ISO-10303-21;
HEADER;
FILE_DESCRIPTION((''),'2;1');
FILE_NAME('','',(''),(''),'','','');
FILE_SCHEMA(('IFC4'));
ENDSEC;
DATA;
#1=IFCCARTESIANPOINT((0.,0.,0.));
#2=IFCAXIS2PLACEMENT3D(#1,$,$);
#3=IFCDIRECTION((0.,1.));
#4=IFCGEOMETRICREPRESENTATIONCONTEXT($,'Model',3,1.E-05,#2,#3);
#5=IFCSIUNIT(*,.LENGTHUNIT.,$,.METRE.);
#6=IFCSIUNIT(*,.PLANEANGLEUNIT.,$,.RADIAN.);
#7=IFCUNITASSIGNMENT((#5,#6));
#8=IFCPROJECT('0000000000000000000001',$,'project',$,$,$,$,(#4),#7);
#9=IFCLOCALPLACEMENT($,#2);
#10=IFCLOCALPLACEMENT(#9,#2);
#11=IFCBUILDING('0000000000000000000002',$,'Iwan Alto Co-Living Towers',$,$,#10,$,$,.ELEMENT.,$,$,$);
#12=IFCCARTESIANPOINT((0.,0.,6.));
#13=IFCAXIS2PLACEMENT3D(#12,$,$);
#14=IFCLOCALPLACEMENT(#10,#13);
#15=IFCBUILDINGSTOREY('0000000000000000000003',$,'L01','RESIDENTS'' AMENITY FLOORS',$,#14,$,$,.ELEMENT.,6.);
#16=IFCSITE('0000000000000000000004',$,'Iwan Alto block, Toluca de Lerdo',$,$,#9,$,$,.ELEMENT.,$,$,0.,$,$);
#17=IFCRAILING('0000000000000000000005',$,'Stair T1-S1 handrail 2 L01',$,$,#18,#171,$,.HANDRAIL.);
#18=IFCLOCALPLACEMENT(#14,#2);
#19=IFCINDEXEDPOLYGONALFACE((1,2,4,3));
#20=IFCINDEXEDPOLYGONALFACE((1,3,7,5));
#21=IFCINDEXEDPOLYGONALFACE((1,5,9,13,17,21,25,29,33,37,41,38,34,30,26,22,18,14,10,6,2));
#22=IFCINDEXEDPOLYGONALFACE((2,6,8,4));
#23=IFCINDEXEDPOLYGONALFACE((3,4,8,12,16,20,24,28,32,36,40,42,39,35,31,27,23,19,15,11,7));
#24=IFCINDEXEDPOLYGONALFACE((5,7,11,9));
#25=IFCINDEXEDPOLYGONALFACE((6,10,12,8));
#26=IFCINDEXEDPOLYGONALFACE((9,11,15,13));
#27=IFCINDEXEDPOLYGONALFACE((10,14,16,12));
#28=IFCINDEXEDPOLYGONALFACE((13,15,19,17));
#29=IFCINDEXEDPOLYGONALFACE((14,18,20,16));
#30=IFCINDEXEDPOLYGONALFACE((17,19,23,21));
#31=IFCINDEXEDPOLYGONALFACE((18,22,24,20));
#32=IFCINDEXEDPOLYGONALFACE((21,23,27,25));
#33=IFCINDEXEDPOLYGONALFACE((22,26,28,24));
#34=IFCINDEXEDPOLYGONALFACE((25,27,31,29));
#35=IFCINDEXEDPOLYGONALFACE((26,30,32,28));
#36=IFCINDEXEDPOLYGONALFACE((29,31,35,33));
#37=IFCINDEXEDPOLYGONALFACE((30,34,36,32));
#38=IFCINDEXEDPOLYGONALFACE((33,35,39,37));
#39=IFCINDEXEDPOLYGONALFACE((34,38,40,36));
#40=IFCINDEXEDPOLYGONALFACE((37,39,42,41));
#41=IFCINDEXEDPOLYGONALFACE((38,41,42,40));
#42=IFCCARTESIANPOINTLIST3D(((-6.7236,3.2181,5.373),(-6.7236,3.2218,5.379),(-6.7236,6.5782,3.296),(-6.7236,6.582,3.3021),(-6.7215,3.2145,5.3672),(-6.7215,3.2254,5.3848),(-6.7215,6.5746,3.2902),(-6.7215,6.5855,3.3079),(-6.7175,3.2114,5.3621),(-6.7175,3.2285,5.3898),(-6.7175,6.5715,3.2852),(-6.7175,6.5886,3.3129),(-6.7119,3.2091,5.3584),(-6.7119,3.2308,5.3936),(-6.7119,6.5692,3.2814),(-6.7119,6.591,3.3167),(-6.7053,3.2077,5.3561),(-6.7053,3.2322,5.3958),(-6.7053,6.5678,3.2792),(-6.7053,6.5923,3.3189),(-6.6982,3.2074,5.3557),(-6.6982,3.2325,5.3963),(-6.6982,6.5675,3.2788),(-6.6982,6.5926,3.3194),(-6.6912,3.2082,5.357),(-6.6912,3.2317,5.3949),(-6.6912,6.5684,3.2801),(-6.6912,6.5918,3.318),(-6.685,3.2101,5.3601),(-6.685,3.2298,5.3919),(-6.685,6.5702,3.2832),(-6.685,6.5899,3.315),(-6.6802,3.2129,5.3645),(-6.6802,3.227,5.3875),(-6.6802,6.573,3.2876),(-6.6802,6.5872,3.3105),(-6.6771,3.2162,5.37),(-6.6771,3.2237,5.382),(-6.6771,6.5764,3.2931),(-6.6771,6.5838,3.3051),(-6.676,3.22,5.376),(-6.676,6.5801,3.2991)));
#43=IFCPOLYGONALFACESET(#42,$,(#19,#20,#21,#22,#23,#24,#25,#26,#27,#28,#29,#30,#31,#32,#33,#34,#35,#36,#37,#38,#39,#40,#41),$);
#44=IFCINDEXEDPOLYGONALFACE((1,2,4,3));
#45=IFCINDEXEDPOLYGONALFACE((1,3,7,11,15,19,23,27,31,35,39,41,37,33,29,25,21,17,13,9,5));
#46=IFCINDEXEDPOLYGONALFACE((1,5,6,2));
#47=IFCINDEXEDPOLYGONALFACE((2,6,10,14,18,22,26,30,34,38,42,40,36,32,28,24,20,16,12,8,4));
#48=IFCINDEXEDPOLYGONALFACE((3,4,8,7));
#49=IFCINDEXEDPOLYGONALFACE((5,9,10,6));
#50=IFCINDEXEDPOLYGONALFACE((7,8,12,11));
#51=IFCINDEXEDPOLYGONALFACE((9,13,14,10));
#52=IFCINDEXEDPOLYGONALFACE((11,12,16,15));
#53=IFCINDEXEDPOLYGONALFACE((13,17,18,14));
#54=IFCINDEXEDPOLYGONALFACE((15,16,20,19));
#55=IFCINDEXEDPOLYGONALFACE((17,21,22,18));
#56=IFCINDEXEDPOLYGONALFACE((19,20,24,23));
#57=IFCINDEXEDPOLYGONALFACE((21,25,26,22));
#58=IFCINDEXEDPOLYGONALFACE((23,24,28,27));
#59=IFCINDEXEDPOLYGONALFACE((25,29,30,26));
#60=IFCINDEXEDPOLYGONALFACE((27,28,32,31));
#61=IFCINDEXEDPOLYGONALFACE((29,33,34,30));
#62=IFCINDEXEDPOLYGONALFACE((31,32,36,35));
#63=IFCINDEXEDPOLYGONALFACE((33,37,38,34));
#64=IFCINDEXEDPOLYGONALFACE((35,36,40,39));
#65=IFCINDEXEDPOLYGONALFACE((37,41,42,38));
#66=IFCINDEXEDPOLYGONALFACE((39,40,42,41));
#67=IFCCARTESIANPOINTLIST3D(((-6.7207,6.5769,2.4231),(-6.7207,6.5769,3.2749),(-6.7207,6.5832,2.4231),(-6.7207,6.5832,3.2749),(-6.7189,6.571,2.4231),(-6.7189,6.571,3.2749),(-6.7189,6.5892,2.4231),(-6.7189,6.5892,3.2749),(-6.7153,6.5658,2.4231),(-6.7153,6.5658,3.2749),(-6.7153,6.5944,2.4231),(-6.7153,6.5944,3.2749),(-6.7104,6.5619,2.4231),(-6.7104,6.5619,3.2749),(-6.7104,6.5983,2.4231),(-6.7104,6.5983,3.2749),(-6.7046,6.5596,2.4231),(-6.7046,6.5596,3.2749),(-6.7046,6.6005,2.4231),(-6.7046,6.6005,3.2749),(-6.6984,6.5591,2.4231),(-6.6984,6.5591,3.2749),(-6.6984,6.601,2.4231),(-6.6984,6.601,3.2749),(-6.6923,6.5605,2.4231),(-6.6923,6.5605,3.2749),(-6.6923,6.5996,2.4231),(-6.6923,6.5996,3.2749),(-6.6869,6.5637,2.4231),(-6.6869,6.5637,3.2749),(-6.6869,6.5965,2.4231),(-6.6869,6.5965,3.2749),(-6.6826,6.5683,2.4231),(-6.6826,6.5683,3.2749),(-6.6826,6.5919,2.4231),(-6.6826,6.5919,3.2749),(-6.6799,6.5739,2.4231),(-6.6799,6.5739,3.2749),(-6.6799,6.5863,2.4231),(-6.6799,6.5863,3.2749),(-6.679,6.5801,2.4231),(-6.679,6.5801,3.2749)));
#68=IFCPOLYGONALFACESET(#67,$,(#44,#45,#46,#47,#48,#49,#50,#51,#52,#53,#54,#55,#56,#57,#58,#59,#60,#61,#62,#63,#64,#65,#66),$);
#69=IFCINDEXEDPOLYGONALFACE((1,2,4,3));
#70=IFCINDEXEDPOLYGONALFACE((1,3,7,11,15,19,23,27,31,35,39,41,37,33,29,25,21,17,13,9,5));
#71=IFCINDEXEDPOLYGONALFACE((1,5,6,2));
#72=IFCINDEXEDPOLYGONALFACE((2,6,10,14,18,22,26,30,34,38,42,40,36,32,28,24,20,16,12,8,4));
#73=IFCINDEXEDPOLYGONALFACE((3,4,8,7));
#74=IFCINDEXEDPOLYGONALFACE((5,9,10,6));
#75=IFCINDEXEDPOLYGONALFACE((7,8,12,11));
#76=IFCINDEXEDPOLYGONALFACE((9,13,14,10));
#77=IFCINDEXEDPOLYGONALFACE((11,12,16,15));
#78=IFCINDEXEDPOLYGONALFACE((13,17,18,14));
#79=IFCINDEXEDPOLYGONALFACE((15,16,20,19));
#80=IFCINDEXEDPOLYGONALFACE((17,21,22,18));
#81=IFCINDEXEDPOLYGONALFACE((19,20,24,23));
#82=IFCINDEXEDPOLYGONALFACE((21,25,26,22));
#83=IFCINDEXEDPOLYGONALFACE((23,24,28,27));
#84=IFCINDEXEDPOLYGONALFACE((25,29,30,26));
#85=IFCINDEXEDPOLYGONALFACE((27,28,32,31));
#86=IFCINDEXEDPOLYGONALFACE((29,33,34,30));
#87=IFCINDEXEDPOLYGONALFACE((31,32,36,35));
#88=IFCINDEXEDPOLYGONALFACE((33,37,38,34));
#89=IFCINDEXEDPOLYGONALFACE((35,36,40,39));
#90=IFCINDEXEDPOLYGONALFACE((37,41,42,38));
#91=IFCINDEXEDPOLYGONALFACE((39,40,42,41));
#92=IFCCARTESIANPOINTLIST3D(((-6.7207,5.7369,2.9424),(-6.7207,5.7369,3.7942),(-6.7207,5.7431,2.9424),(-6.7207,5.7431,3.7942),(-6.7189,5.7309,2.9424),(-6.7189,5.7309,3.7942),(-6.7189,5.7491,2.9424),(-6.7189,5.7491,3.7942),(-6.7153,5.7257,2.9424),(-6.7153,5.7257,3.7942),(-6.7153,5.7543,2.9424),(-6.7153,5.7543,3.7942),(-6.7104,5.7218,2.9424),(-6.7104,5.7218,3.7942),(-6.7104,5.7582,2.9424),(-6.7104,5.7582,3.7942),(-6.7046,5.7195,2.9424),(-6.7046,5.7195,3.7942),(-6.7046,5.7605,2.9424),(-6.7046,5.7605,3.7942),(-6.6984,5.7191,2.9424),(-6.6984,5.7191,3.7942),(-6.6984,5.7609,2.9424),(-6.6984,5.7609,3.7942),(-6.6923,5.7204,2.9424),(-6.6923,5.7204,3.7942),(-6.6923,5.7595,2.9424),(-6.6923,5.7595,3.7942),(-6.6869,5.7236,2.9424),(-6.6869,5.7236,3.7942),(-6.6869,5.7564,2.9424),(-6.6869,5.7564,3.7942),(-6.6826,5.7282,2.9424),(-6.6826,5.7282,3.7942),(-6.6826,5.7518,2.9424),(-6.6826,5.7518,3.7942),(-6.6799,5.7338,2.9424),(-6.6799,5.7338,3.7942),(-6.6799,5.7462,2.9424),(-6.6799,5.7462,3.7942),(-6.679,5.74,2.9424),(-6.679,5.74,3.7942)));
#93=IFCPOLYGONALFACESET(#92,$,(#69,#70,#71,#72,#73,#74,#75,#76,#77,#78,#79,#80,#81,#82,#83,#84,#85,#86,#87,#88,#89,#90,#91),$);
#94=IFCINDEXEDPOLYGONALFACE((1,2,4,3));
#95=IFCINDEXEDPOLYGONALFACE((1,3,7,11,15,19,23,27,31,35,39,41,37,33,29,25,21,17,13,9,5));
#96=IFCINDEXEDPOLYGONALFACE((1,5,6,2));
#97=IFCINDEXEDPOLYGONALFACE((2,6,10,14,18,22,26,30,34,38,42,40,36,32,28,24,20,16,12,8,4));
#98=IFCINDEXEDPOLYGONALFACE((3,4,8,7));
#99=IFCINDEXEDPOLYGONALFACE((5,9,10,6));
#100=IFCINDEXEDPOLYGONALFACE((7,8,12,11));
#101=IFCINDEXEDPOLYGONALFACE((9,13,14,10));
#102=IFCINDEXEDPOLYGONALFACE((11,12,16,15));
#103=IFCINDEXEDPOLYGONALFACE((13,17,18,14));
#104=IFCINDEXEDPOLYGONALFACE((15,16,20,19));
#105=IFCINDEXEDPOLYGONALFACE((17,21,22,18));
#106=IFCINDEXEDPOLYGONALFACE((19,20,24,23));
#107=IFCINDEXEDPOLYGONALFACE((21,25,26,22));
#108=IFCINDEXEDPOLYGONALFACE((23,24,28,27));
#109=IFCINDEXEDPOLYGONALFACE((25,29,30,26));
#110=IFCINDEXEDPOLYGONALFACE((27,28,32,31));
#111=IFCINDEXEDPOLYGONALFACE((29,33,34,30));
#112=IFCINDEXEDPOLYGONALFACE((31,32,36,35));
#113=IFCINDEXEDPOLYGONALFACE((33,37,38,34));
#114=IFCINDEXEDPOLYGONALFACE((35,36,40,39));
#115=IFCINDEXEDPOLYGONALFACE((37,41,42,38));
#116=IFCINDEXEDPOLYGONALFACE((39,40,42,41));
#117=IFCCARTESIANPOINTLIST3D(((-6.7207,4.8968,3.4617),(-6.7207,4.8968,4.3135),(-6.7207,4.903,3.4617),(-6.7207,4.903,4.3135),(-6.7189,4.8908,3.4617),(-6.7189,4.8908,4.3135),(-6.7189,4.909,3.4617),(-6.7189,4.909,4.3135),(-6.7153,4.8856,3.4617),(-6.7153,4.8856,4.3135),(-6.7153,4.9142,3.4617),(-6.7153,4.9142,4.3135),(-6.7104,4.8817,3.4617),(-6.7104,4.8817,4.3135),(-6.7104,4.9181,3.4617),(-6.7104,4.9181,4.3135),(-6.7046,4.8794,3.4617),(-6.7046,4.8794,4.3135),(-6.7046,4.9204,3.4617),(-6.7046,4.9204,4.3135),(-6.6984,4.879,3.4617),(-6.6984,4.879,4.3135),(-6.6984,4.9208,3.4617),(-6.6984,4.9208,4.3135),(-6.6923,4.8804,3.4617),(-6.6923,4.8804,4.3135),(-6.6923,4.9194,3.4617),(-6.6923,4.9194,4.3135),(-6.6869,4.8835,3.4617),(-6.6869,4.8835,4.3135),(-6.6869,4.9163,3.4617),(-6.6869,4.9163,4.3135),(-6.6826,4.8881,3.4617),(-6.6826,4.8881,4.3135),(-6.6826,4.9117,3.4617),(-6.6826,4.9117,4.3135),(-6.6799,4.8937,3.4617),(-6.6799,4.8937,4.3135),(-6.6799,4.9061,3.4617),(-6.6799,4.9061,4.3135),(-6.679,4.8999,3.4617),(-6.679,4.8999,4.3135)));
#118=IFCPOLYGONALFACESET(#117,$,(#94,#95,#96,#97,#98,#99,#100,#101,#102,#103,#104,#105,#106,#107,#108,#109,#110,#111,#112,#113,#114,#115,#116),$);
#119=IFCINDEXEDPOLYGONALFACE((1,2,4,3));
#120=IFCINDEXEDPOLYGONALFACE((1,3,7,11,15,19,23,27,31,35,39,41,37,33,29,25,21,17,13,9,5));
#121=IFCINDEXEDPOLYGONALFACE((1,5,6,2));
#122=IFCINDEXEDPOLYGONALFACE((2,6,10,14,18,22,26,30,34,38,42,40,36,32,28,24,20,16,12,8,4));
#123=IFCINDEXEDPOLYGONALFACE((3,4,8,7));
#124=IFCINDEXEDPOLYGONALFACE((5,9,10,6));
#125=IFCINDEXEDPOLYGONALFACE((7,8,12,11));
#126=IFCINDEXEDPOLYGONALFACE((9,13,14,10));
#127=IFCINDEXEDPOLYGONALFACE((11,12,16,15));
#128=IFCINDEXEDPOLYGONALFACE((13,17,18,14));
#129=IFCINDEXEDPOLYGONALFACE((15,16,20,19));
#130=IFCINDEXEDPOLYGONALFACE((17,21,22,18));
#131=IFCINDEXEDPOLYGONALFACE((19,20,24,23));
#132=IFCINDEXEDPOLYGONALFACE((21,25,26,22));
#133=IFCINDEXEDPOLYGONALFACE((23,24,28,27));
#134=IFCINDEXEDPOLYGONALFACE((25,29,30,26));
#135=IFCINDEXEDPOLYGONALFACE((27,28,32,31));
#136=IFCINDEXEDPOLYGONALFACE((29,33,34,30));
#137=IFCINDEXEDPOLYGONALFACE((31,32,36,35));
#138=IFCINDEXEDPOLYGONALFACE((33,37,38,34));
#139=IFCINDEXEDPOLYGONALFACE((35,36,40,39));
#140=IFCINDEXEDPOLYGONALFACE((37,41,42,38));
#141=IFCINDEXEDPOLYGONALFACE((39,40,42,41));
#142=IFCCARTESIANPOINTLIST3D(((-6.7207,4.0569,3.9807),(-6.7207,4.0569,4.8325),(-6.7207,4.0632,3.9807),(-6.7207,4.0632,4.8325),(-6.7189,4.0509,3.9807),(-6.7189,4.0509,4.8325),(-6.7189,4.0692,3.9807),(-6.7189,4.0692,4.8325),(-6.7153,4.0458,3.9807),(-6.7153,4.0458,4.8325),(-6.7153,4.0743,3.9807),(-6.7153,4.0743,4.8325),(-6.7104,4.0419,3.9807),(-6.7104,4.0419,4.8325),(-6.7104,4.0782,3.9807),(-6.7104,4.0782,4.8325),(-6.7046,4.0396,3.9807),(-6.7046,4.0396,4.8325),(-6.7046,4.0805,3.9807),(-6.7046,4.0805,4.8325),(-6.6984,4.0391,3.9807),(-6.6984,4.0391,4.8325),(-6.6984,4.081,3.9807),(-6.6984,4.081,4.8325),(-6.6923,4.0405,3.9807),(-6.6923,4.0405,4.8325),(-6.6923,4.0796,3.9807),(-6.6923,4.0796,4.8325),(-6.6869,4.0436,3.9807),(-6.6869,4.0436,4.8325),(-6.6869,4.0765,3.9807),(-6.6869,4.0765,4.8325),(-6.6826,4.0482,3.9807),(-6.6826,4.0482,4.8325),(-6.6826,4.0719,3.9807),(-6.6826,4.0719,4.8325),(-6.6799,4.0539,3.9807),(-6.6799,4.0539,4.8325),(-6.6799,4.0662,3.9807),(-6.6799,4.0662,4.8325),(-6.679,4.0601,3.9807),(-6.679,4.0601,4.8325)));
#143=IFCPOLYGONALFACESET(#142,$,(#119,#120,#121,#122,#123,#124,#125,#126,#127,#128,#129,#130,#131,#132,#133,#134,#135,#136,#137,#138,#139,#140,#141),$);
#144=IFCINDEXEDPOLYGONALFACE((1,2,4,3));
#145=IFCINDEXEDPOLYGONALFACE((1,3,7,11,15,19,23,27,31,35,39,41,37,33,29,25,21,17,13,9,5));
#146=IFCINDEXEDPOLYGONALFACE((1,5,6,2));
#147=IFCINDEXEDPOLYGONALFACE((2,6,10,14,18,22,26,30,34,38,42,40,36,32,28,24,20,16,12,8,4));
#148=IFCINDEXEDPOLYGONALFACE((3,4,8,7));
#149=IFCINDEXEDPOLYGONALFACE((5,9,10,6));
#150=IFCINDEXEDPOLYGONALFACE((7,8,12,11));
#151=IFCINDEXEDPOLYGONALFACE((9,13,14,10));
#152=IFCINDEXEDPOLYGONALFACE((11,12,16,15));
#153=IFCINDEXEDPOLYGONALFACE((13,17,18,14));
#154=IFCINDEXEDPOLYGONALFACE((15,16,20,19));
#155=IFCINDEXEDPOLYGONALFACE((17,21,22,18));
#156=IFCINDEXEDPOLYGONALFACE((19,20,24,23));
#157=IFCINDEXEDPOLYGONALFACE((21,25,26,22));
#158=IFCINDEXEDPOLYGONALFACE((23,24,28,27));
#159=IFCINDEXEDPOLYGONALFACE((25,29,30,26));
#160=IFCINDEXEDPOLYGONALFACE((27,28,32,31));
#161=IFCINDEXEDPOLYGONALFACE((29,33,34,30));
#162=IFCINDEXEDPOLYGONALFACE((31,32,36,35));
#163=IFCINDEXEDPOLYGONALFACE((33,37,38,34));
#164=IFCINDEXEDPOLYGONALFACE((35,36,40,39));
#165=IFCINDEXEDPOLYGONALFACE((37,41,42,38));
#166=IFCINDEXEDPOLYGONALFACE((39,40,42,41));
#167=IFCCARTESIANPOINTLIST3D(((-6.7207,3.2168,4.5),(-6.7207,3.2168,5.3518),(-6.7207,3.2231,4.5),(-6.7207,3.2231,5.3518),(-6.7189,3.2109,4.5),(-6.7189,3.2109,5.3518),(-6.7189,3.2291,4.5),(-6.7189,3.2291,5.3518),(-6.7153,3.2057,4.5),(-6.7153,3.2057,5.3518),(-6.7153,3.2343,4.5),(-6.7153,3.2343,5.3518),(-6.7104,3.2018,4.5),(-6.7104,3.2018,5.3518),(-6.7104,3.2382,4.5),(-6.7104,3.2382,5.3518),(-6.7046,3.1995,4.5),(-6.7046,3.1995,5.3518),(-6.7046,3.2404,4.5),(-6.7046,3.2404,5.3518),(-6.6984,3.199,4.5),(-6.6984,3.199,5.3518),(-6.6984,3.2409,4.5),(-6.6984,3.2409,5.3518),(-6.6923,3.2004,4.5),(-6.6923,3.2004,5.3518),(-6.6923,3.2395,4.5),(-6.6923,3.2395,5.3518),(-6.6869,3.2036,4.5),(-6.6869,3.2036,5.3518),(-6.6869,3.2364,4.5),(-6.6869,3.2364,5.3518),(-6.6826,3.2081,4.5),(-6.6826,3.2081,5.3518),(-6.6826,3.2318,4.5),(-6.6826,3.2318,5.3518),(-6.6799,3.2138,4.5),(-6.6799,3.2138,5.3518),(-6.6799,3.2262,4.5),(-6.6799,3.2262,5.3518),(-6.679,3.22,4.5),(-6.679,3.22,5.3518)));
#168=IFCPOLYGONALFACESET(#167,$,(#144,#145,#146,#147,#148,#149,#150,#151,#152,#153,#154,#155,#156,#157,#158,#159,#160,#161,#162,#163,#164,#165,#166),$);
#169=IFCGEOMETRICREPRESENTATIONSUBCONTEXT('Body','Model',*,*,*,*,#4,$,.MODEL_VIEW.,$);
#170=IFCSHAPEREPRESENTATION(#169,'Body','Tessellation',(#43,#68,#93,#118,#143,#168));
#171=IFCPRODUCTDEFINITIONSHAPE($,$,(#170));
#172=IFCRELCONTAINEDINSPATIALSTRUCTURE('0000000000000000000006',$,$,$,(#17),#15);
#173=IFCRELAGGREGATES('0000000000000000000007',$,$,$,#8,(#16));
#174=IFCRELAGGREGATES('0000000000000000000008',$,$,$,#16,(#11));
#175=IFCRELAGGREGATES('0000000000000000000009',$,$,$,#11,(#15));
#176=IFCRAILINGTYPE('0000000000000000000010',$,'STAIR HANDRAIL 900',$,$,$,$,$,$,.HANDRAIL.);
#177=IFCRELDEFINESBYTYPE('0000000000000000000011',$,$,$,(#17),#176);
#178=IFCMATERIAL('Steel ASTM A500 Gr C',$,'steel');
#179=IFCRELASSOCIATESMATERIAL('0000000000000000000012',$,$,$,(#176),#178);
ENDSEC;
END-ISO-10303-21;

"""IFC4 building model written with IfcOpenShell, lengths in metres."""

from ifc_helpers import new_model, si_unit, direction, frame, origin, origin_2d, place, context, subcontext, project, spatial, circle, extrude, material, type_object, element, save


model = new_model("IFC4")

# Units and contexts
model_context = context("Model", 3, precision=1e-05, world=origin(), true_north=direction((0.0, 1.0)))
body_context = subcontext(model_context, "Body", "Model", "MODEL_VIEW")
ifc_project = project(units=[si_unit("LENGTHUNIT", "METRE"), si_unit("PLANEANGLEUNIT", "RADIAN")], contexts=[model_context])

# Site, building, storey
site_placement = place(None, origin())
site = spatial("IfcSite", under=ifc_project, at=site_placement, Name="Iwan Alto block, Toluca de Lerdo", CompositionType="ELEMENT", RefElevation=0.0)
building_placement = place(site_placement, origin())
building = spatial("IfcBuilding", under=site, at=building_placement, Name="Iwan Alto Co-Living Towers", CompositionType="ELEMENT")
storey_placement = place(building_placement, frame((0.0, 0.0, 6.0)))
storey = spatial("IfcBuildingStorey", under=building, at=storey_placement, Name="L01", Description="RESIDENTS' AMENITY FLOORS", CompositionType="ELEMENT", Elevation=6.0)

# Railing
ifc_material_1 = material(Name="Steel ASTM A500 Gr C", Category="steel")
railing_type_1 = type_object("IfcRailingType", Name="STAIR HANDRAIL 900", PredefinedType="HANDRAIL", material=ifc_material_1)
railing_1_placement = place(storey_placement, frame((-6.7, 6.5801, 2.4231)))
element("IfcRailing", 1, at=railing_1_placement, inside=storey, type_object=railing_type_1, Name="Stair T1-S1 handrail 2 L01", PredefinedType="HANDRAIL", context=body_context, shape_type="SweptSolid", body=[
    extrude(circle(Radius=0.0239, at=origin_2d()), frame((0.0, 0.0, 0.876), z_axis=(0.0, -0.850623, 0.525776), x_axis=(1.0, 0.0, 0.0)), (0.0, 0.0, 1.0), 3.9502),
    extrude(circle(Radius=0.021, at=origin_2d()), origin(), (0.0, 0.0, 1.0), 0.8518),
    extrude(circle(Radius=0.021, at=origin_2d()), frame((0.0, -0.8401, 0.5193)), (0.0, 0.0, 1.0), 0.8518),
    extrude(circle(Radius=0.021, at=origin_2d()), frame((0.0, -1.6802, 1.0386)), (0.0, 0.0, 1.0), 0.8518),
    extrude(circle(Radius=0.021, at=origin_2d()), frame((0.0, -2.52, 1.5576)), (0.0, 0.0, 1.0), 0.8518),
    extrude(circle(Radius=0.021, at=origin_2d()), frame((0.0, -3.3601, 2.0769)), (0.0, 0.0, 1.0), 0.8518),
])

save(model, "model.ifc")
